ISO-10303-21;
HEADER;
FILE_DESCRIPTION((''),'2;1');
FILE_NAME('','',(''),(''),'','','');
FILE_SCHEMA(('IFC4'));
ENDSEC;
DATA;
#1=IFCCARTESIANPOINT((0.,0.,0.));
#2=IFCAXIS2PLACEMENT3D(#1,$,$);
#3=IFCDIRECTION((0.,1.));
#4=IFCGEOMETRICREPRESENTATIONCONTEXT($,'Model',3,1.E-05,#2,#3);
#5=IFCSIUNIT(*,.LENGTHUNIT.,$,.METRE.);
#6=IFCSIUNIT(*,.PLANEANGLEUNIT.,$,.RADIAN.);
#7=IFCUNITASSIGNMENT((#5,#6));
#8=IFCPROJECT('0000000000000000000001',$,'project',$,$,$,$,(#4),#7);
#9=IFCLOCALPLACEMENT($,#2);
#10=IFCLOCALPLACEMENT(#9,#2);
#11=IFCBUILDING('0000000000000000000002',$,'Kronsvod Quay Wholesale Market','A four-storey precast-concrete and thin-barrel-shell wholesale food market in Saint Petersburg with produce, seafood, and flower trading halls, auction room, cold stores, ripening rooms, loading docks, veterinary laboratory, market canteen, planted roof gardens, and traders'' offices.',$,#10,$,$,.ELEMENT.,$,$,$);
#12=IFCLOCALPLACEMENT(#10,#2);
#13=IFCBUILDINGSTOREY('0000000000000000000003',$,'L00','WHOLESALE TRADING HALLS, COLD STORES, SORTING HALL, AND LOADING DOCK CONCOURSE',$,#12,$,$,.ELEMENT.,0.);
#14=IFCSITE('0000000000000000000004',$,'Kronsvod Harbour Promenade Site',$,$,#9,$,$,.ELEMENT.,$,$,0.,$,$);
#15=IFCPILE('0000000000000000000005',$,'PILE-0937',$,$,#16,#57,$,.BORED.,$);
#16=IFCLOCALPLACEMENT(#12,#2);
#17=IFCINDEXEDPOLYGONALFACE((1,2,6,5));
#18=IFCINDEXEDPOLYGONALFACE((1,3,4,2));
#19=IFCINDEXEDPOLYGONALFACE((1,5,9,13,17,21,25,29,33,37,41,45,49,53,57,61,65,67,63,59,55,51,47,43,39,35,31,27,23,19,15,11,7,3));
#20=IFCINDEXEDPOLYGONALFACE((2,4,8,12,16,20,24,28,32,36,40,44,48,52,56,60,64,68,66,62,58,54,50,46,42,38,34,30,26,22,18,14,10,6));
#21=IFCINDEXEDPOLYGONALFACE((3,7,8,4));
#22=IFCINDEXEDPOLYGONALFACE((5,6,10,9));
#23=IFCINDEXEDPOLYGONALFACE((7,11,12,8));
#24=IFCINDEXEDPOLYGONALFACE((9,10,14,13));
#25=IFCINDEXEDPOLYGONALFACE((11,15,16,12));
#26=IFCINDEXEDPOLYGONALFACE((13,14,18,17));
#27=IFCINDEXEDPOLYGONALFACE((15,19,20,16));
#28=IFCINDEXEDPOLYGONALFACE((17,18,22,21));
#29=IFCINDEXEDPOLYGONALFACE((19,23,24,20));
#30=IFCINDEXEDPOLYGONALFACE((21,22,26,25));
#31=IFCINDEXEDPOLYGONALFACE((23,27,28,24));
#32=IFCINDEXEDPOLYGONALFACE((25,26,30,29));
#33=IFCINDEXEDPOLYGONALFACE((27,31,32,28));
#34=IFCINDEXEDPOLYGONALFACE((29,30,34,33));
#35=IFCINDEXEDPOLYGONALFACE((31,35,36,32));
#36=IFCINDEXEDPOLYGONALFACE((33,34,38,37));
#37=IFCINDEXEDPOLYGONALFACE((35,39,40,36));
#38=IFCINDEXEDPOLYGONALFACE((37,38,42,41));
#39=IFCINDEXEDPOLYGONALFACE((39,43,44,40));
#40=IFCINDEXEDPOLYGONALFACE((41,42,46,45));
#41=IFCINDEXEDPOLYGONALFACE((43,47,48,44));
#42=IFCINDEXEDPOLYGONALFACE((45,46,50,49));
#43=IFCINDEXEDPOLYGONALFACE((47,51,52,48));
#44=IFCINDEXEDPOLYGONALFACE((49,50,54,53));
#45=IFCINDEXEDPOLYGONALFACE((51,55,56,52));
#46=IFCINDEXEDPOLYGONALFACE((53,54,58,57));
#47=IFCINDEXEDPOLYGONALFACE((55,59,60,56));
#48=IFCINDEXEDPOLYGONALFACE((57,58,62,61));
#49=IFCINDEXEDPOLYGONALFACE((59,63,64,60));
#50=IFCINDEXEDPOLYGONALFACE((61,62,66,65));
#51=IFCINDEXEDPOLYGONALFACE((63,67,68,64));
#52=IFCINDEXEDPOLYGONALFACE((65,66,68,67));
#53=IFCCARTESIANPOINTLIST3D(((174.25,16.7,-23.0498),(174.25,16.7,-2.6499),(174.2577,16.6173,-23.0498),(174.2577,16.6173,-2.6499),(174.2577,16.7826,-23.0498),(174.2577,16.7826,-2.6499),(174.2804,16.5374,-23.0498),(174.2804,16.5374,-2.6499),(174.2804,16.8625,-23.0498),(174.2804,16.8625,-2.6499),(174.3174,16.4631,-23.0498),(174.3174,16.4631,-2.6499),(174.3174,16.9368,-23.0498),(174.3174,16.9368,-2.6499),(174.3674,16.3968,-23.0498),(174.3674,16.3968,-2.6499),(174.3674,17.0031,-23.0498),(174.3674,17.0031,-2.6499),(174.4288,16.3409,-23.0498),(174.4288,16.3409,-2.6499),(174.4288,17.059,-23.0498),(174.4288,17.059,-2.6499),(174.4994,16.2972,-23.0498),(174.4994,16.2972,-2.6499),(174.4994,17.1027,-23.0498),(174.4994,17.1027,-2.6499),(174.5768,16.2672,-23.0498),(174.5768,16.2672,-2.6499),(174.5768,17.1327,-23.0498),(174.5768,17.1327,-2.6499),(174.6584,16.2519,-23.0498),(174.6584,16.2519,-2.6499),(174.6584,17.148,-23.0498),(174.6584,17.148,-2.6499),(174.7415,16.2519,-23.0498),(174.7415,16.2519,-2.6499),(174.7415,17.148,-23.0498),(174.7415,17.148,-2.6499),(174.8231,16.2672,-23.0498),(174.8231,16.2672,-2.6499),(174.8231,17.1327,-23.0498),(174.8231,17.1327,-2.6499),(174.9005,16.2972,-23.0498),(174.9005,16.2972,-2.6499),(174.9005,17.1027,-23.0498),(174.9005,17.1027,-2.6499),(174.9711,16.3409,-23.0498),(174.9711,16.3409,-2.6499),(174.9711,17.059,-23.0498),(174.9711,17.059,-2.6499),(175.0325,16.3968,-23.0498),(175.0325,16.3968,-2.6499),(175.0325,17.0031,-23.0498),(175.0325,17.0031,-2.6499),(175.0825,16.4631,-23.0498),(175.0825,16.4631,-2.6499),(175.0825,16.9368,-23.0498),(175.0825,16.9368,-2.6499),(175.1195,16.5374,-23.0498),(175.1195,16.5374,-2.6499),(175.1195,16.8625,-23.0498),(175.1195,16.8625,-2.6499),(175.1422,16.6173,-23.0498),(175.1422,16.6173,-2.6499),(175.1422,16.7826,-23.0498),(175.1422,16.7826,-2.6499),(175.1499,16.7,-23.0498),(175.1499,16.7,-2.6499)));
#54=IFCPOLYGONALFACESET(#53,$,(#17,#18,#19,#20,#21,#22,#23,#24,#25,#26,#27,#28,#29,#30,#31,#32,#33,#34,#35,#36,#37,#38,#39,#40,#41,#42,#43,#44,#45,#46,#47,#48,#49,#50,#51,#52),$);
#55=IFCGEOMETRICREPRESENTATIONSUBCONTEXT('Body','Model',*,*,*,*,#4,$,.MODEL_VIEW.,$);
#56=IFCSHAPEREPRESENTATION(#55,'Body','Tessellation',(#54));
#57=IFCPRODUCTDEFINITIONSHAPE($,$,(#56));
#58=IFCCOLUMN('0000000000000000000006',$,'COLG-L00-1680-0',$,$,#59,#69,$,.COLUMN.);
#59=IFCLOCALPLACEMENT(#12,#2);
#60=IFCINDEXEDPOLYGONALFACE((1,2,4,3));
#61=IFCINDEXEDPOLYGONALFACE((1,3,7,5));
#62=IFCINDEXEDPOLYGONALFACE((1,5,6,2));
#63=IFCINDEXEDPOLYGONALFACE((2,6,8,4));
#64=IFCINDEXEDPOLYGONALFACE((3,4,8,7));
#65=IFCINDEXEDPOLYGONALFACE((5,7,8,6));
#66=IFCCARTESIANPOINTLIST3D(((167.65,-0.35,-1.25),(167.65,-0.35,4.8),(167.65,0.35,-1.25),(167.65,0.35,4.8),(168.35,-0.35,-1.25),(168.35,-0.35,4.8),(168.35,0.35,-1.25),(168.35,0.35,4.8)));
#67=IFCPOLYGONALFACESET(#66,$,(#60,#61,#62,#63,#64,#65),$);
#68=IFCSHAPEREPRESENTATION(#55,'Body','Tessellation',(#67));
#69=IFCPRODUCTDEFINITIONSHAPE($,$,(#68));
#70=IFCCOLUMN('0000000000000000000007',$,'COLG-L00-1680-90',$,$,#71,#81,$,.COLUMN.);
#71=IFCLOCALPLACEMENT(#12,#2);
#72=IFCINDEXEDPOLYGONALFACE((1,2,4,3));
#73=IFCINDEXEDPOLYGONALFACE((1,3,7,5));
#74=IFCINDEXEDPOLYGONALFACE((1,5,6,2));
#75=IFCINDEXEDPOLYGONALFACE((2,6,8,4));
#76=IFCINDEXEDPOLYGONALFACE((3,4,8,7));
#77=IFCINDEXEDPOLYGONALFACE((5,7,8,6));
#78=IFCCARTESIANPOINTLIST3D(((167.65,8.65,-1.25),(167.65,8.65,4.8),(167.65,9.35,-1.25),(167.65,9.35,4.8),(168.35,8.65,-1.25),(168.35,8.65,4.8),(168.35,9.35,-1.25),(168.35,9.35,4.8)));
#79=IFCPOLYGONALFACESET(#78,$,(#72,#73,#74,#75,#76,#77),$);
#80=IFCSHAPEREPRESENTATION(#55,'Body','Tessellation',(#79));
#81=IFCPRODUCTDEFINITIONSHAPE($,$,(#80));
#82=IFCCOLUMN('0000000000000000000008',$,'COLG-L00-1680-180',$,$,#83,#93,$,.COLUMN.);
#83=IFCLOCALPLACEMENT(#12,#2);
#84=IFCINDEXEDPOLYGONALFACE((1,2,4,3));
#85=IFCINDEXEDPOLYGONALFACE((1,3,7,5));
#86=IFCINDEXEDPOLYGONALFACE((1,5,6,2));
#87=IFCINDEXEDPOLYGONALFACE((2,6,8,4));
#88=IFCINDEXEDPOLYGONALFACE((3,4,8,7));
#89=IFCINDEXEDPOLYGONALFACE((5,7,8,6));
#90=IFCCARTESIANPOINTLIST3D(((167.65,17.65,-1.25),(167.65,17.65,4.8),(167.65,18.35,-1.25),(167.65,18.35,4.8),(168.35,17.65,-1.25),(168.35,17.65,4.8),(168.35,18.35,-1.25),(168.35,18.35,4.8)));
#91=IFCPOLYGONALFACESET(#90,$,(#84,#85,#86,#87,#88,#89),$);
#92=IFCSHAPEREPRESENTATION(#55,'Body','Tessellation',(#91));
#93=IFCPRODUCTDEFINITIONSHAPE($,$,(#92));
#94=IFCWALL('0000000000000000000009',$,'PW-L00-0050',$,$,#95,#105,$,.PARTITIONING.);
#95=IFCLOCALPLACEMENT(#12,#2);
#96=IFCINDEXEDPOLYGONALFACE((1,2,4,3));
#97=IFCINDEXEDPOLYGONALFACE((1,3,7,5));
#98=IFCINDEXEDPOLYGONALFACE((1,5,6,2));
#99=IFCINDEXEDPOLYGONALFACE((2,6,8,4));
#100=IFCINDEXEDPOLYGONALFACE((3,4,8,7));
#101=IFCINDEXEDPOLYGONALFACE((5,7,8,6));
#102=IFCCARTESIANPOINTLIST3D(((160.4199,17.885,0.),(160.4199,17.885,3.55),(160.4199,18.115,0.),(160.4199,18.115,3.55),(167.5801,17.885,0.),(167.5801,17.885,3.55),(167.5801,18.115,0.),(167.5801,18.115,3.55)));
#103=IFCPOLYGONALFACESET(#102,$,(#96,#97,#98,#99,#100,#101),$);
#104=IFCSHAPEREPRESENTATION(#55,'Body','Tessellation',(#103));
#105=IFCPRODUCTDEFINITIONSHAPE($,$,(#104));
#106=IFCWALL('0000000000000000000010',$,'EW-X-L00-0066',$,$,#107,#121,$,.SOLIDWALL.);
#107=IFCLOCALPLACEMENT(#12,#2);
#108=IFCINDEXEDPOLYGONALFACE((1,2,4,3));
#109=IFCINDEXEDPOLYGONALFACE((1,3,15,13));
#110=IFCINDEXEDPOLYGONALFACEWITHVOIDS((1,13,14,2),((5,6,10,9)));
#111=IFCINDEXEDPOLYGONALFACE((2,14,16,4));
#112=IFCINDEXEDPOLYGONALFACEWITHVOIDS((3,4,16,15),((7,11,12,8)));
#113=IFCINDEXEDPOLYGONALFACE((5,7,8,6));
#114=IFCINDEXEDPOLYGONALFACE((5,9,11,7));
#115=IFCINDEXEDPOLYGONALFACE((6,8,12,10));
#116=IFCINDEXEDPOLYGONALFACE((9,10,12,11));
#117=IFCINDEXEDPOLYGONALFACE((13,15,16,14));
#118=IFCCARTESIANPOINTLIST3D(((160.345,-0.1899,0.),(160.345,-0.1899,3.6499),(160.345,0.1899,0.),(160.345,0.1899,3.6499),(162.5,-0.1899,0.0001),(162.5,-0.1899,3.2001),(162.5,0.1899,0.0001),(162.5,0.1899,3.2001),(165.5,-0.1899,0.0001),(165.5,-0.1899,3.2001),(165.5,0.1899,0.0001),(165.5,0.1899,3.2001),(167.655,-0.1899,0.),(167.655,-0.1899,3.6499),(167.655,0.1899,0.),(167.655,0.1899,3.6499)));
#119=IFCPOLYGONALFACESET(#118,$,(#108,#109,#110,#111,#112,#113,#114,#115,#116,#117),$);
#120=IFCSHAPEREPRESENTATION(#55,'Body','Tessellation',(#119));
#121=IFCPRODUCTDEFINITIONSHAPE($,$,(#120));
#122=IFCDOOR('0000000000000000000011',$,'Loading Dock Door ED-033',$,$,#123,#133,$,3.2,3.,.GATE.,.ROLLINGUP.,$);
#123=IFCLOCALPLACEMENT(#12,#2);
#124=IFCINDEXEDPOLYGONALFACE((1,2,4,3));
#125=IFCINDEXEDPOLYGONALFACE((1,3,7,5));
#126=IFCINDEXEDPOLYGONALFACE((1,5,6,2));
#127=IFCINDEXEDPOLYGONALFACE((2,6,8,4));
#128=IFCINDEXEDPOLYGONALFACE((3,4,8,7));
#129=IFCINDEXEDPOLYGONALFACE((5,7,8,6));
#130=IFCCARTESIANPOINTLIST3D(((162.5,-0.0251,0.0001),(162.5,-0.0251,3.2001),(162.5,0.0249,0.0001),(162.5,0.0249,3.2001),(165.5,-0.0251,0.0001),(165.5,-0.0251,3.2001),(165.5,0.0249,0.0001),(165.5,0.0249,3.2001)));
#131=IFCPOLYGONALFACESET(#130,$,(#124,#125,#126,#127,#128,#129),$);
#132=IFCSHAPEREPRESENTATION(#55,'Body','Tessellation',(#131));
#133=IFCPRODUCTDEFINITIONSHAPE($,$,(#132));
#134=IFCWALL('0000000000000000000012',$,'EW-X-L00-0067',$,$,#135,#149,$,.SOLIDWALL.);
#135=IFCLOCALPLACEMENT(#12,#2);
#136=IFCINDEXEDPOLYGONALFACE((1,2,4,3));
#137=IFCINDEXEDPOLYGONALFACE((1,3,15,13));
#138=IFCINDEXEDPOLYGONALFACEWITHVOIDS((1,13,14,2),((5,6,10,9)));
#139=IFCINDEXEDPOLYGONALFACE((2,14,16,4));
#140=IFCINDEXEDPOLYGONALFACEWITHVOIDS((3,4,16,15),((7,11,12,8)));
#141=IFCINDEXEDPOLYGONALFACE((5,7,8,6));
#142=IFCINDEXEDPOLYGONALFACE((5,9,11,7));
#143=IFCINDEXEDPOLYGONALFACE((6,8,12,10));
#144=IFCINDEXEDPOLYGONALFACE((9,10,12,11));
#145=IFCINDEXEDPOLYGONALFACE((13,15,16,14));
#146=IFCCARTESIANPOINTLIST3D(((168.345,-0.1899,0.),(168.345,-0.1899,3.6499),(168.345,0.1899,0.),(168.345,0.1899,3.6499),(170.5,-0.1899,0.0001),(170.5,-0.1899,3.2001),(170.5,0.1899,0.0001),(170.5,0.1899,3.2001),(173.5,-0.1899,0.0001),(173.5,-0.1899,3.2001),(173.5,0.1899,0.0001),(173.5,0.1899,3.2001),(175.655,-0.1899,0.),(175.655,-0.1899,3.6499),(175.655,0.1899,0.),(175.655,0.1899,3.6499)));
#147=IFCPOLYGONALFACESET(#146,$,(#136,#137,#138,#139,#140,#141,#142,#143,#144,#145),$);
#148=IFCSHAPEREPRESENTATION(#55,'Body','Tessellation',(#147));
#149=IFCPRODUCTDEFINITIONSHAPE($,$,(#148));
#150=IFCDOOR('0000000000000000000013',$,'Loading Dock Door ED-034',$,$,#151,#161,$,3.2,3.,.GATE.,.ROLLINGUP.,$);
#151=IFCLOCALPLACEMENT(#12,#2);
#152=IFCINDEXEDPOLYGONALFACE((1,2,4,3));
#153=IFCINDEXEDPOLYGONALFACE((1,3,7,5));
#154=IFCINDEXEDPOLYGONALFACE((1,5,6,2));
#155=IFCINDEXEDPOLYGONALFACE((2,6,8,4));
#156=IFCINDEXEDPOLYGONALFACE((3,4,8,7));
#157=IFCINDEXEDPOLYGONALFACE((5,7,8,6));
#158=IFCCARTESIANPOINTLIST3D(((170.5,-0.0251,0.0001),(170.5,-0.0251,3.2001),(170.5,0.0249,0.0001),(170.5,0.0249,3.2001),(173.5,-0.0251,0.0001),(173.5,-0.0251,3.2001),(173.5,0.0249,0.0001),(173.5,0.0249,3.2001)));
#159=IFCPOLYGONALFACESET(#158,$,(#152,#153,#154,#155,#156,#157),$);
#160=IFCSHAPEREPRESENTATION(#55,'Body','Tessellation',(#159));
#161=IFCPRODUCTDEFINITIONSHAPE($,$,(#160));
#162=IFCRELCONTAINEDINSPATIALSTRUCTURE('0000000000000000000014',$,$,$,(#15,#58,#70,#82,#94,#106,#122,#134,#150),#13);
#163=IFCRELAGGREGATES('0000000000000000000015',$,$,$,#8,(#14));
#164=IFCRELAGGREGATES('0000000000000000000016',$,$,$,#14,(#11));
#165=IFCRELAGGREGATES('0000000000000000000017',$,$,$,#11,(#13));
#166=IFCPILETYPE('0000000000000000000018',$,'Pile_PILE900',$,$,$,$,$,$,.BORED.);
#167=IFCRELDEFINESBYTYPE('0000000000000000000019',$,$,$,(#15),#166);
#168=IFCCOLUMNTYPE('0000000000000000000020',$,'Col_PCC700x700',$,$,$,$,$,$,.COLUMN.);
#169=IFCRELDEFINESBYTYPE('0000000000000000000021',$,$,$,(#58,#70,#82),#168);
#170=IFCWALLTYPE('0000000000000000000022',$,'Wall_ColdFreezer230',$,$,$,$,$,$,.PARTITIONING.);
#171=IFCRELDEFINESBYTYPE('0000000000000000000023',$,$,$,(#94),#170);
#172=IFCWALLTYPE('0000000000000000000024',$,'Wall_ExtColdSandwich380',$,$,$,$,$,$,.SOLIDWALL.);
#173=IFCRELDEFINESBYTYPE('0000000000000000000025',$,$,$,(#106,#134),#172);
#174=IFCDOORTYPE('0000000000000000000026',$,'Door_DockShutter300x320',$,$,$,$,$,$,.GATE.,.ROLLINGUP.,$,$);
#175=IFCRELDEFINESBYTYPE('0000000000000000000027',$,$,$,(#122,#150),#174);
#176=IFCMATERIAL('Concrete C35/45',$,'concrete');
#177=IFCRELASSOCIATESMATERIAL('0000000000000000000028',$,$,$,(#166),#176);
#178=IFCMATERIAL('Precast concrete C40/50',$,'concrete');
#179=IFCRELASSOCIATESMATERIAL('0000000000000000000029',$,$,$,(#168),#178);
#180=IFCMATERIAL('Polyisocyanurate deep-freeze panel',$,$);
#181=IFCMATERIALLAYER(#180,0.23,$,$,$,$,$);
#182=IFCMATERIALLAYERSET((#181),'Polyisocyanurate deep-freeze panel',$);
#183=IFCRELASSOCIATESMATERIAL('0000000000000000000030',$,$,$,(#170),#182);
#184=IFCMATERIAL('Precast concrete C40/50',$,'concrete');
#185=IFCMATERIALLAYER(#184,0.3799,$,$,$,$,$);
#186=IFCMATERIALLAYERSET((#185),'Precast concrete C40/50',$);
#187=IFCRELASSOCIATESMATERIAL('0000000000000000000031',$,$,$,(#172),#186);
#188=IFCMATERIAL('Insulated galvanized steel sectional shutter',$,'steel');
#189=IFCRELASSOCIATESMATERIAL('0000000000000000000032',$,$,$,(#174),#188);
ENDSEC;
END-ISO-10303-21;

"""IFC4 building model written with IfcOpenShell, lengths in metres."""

from ifc_helpers import new_model, si_unit, direction, frame, frame_2d, origin, origin_2d, place, context, subcontext, project, spatial, rectangle, circle, extrude, material, layer, layer_set, material_profile, profile_set, type_object, element, fill, save


model = new_model("IFC4")

# Units and contexts
model_context = context("Model", 3, precision=1e-05, world=origin(), true_north=direction((0.0, 1.0)))
body_context = subcontext(model_context, "Body", "Model", "MODEL_VIEW")
ifc_project = project(units=[si_unit("LENGTHUNIT", "METRE"), si_unit("PLANEANGLEUNIT", "RADIAN")], contexts=[model_context])

# Site, building, storey
site_placement = place(None, origin())
site = spatial("IfcSite", under=ifc_project, at=site_placement, Name="Kronsvod Harbour Promenade Site", CompositionType="ELEMENT", RefElevation=0.0)
building_placement = place(site_placement, origin())
building = spatial("IfcBuilding", under=site, at=building_placement, Name="Kronsvod Quay Wholesale Market", Description="A four-storey precast-concrete and thin-barrel-shell wholesale food market in Saint Petersburg with produce, seafood, and flower trading halls, auction room, cold stores, ripening rooms, loading docks, veterinary laboratory, market canteen, planted roof gardens, and traders' offices.", CompositionType="ELEMENT")
storey_placement = place(building_placement, origin())
storey = spatial("IfcBuildingStorey", under=building, at=storey_placement, Name="L00", Description="WHOLESALE TRADING HALLS, COLD STORES, SORTING HALL, AND LOADING DOCK CONCOURSE", CompositionType="ELEMENT", Elevation=0.0)

# Pile
ifc_material_1 = material(Name="Concrete C35/45", Category="concrete")
ifc_material_profile_1 = material_profile(ifc_material_1, circle(Radius=0.45, at=origin_2d()), Name="PILE900")
ifc_profile_set_1 = profile_set([ifc_material_profile_1], Name="Concrete C35/45")
pile_type_1 = type_object("IfcPileType", Name="Pile_PILE900", PredefinedType="BORED", material=ifc_profile_set_1)
for number, where, z_axis, x_axis, name in (
    (1, (174.7, 16.7, -2.6499), (0.0, 0.0, -1.0), (1.0, 0.0, 0.0), "PILE-0937"),
):
    element("IfcPile", number, at=place(storey_placement, frame(where, z_axis=z_axis, x_axis=x_axis)), inside=storey, type_object=pile_type_1, Name=name, PredefinedType="BORED", context=body_context, shape_type="SweptSolid", body=[
        extrude(circle(Radius=0.45, at=origin_2d()), origin(), (0.0, 0.0, 1.0), 20.3999),
    ])

# Columns
ifc_material_2 = material(Name="Precast concrete C40/50", Category="concrete")
ifc_material_profile_2 = material_profile(ifc_material_2, rectangle(XDim=0.7, YDim=0.7, at=origin_2d()), Name="PCC700x700")
ifc_profile_set_2 = profile_set([ifc_material_profile_2], Name="Precast concrete C40/50")
column_type = type_object("IfcColumnType", Name="Col_PCC700x700", PredefinedType="COLUMN", material=ifc_profile_set_2)
for number, where, z_axis, x_axis, name in (
    (2, (168.0, 0.0, -1.25), (0.0, 0.0, 1.0), (1.0, 0.0, 0.0), "COLG-L00-1680-0"),
    (3, (168.0, 9.0, -1.25), (0.0, 0.0, 1.0), (1.0, 0.0, 0.0), "COLG-L00-1680-90"),
    (4, (168.0, 18.0, -1.25), (0.0, 0.0, 1.0), (1.0, 0.0, 0.0), "COLG-L00-1680-180"),
):
    element("IfcColumn", number, at=place(storey_placement, frame(where, z_axis=z_axis, x_axis=x_axis)), inside=storey, type_object=column_type, Name=name, PredefinedType="COLUMN", context=body_context, shape_type="SweptSolid", body=[
        extrude(rectangle(XDim=0.7, YDim=0.7, at=origin_2d()), origin(), (0.0, 0.0, 1.0), 6.05),
    ])

# Wall
ifc_material_3 = material(Name="Polyisocyanurate deep-freeze panel")
ifc_layer_1 = layer(ifc_material_3, 0.23)
ifc_layer_set_1 = layer_set([ifc_layer_1], Name="Polyisocyanurate deep-freeze panel")
wall_type_1 = type_object("IfcWallType", Name="Wall_ColdFreezer230", PredefinedType="PARTITIONING", material=ifc_layer_set_1)
wall_1_placement = place(storey_placement, frame((160.4199, 18.0, 0.0), z_axis=(0.0, 0.0, 1.0), x_axis=(1.0, 0.0, 0.0)))
element("IfcWall", 5, at=wall_1_placement, inside=storey, type_object=wall_type_1, Name="PW-L00-0050", PredefinedType="PARTITIONING", context=body_context, shape_type="SweptSolid", body=[
    extrude(rectangle(XDim=7.1602, YDim=0.23, at=frame_2d((3.5801, 0.0))), origin(), (0.0, 0.0, 1.0), 3.55),
])

# Walls, openings, doors
ifc_material_4 = material(Name="Precast concrete C40/50", Category="concrete")
ifc_layer_2 = layer(ifc_material_4, 0.3799)
ifc_layer_set_2 = layer_set([ifc_layer_2], Name="Precast concrete C40/50")
wall_type_2 = type_object("IfcWallType", Name="Wall_ExtColdSandwich380", PredefinedType="SOLIDWALL", material=ifc_layer_set_2)
wall_2_placement = place(storey_placement, frame((160.345, 0.0, 0.0), z_axis=(0.0, 0.0, 1.0), x_axis=(1.0, 0.0, 0.0)))
wall_2 = element("IfcWall", 6, at=wall_2_placement, inside=storey, type_object=wall_type_2, Name="EW-X-L00-0066", PredefinedType="SOLIDWALL", context=body_context, shape_type="SweptSolid", body=[
    extrude(rectangle(XDim=7.3101, YDim=0.3799, at=frame_2d((3.655, 0.0))), origin(), (0.0, 0.0, 1.0), 3.6499),
])
opening_1_placement = place(wall_2_placement, frame((2.155, 0.0, 0.0)))
opening_1 = element("IfcOpeningElement", 7, at=opening_1_placement, cuts=wall_2, PredefinedType="OPENING", context=body_context, shape_type="SweptSolid", body=[
    extrude(rectangle(XDim=3.0, YDim=3.2, at=frame_2d((1.5, 1.6001))), frame((0.0, 0.2, 0.0), z_axis=(0.0, -1.0, 0.0), x_axis=(1.0, 0.0, 0.0)), (0.0, 0.0, 1.0), 0.3999),
])
ifc_material_5 = material(Name="Insulated galvanized steel sectional shutter", Category="steel")
door_type = type_object("IfcDoorType", Name="Door_DockShutter300x320", OperationType="ROLLINGUP", PredefinedType="GATE", material=ifc_material_5)
door_1_placement = place(opening_1_placement, origin())
door_1 = element("IfcDoor", 8, at=door_1_placement, inside=storey, type_object=door_type, Name="Loading Dock Door ED-033", OperationType="ROLLINGUP", OverallHeight=3.2, OverallWidth=3.0, PredefinedType="GATE", context=body_context, shape_type="SweptSolid", body=[
    extrude(rectangle(XDim=3.0, YDim=3.2, at=frame_2d((1.5, 1.6001))), frame((0.0, 0.0249, 0.0), z_axis=(0.0, -1.0, 0.0), x_axis=(1.0, 0.0, 0.0)), (0.0, 0.0, 1.0), 0.05),
])
fill(opening_1, door_1)
wall_3_placement = place(storey_placement, frame((168.345, 0.0, 0.0), z_axis=(0.0, 0.0, 1.0), x_axis=(1.0, 0.0, 0.0)))
wall_3 = element("IfcWall", 9, at=wall_3_placement, inside=storey, type_object=wall_type_2, Name="EW-X-L00-0067", PredefinedType="SOLIDWALL", context=body_context, shape_type="SweptSolid", body=[
    extrude(rectangle(XDim=7.3101, YDim=0.3799, at=frame_2d((3.655, 0.0))), origin(), (0.0, 0.0, 1.0), 3.6499),
])
opening_2_placement = place(wall_3_placement, frame((2.155, 0.0, 0.0)))
opening_2 = element("IfcOpeningElement", 10, at=opening_2_placement, cuts=wall_3, PredefinedType="OPENING", context=body_context, shape_type="SweptSolid", body=[
    extrude(rectangle(XDim=3.0, YDim=3.2, at=frame_2d((1.5, 1.6001))), frame((0.0, 0.2, 0.0), z_axis=(0.0, -1.0, 0.0), x_axis=(1.0, 0.0, 0.0)), (0.0, 0.0, 1.0), 0.3999),
])
door_2_placement = place(opening_2_placement, origin())
door_2 = element("IfcDoor", 11, at=door_2_placement, inside=storey, type_object=door_type, Name="Loading Dock Door ED-034", OperationType="ROLLINGUP", OverallHeight=3.2, OverallWidth=3.0, PredefinedType="GATE", context=body_context, shape_type="SweptSolid", body=[
    extrude(rectangle(XDim=3.0, YDim=3.2, at=frame_2d((1.5, 1.6001))), frame((0.0, 0.0249, 0.0), z_axis=(0.0, -1.0, 0.0), x_axis=(1.0, 0.0, 0.0)), (0.0, 0.0, 1.0), 0.05),
])
fill(opening_2, door_2)

save(model, "model.ifc")
